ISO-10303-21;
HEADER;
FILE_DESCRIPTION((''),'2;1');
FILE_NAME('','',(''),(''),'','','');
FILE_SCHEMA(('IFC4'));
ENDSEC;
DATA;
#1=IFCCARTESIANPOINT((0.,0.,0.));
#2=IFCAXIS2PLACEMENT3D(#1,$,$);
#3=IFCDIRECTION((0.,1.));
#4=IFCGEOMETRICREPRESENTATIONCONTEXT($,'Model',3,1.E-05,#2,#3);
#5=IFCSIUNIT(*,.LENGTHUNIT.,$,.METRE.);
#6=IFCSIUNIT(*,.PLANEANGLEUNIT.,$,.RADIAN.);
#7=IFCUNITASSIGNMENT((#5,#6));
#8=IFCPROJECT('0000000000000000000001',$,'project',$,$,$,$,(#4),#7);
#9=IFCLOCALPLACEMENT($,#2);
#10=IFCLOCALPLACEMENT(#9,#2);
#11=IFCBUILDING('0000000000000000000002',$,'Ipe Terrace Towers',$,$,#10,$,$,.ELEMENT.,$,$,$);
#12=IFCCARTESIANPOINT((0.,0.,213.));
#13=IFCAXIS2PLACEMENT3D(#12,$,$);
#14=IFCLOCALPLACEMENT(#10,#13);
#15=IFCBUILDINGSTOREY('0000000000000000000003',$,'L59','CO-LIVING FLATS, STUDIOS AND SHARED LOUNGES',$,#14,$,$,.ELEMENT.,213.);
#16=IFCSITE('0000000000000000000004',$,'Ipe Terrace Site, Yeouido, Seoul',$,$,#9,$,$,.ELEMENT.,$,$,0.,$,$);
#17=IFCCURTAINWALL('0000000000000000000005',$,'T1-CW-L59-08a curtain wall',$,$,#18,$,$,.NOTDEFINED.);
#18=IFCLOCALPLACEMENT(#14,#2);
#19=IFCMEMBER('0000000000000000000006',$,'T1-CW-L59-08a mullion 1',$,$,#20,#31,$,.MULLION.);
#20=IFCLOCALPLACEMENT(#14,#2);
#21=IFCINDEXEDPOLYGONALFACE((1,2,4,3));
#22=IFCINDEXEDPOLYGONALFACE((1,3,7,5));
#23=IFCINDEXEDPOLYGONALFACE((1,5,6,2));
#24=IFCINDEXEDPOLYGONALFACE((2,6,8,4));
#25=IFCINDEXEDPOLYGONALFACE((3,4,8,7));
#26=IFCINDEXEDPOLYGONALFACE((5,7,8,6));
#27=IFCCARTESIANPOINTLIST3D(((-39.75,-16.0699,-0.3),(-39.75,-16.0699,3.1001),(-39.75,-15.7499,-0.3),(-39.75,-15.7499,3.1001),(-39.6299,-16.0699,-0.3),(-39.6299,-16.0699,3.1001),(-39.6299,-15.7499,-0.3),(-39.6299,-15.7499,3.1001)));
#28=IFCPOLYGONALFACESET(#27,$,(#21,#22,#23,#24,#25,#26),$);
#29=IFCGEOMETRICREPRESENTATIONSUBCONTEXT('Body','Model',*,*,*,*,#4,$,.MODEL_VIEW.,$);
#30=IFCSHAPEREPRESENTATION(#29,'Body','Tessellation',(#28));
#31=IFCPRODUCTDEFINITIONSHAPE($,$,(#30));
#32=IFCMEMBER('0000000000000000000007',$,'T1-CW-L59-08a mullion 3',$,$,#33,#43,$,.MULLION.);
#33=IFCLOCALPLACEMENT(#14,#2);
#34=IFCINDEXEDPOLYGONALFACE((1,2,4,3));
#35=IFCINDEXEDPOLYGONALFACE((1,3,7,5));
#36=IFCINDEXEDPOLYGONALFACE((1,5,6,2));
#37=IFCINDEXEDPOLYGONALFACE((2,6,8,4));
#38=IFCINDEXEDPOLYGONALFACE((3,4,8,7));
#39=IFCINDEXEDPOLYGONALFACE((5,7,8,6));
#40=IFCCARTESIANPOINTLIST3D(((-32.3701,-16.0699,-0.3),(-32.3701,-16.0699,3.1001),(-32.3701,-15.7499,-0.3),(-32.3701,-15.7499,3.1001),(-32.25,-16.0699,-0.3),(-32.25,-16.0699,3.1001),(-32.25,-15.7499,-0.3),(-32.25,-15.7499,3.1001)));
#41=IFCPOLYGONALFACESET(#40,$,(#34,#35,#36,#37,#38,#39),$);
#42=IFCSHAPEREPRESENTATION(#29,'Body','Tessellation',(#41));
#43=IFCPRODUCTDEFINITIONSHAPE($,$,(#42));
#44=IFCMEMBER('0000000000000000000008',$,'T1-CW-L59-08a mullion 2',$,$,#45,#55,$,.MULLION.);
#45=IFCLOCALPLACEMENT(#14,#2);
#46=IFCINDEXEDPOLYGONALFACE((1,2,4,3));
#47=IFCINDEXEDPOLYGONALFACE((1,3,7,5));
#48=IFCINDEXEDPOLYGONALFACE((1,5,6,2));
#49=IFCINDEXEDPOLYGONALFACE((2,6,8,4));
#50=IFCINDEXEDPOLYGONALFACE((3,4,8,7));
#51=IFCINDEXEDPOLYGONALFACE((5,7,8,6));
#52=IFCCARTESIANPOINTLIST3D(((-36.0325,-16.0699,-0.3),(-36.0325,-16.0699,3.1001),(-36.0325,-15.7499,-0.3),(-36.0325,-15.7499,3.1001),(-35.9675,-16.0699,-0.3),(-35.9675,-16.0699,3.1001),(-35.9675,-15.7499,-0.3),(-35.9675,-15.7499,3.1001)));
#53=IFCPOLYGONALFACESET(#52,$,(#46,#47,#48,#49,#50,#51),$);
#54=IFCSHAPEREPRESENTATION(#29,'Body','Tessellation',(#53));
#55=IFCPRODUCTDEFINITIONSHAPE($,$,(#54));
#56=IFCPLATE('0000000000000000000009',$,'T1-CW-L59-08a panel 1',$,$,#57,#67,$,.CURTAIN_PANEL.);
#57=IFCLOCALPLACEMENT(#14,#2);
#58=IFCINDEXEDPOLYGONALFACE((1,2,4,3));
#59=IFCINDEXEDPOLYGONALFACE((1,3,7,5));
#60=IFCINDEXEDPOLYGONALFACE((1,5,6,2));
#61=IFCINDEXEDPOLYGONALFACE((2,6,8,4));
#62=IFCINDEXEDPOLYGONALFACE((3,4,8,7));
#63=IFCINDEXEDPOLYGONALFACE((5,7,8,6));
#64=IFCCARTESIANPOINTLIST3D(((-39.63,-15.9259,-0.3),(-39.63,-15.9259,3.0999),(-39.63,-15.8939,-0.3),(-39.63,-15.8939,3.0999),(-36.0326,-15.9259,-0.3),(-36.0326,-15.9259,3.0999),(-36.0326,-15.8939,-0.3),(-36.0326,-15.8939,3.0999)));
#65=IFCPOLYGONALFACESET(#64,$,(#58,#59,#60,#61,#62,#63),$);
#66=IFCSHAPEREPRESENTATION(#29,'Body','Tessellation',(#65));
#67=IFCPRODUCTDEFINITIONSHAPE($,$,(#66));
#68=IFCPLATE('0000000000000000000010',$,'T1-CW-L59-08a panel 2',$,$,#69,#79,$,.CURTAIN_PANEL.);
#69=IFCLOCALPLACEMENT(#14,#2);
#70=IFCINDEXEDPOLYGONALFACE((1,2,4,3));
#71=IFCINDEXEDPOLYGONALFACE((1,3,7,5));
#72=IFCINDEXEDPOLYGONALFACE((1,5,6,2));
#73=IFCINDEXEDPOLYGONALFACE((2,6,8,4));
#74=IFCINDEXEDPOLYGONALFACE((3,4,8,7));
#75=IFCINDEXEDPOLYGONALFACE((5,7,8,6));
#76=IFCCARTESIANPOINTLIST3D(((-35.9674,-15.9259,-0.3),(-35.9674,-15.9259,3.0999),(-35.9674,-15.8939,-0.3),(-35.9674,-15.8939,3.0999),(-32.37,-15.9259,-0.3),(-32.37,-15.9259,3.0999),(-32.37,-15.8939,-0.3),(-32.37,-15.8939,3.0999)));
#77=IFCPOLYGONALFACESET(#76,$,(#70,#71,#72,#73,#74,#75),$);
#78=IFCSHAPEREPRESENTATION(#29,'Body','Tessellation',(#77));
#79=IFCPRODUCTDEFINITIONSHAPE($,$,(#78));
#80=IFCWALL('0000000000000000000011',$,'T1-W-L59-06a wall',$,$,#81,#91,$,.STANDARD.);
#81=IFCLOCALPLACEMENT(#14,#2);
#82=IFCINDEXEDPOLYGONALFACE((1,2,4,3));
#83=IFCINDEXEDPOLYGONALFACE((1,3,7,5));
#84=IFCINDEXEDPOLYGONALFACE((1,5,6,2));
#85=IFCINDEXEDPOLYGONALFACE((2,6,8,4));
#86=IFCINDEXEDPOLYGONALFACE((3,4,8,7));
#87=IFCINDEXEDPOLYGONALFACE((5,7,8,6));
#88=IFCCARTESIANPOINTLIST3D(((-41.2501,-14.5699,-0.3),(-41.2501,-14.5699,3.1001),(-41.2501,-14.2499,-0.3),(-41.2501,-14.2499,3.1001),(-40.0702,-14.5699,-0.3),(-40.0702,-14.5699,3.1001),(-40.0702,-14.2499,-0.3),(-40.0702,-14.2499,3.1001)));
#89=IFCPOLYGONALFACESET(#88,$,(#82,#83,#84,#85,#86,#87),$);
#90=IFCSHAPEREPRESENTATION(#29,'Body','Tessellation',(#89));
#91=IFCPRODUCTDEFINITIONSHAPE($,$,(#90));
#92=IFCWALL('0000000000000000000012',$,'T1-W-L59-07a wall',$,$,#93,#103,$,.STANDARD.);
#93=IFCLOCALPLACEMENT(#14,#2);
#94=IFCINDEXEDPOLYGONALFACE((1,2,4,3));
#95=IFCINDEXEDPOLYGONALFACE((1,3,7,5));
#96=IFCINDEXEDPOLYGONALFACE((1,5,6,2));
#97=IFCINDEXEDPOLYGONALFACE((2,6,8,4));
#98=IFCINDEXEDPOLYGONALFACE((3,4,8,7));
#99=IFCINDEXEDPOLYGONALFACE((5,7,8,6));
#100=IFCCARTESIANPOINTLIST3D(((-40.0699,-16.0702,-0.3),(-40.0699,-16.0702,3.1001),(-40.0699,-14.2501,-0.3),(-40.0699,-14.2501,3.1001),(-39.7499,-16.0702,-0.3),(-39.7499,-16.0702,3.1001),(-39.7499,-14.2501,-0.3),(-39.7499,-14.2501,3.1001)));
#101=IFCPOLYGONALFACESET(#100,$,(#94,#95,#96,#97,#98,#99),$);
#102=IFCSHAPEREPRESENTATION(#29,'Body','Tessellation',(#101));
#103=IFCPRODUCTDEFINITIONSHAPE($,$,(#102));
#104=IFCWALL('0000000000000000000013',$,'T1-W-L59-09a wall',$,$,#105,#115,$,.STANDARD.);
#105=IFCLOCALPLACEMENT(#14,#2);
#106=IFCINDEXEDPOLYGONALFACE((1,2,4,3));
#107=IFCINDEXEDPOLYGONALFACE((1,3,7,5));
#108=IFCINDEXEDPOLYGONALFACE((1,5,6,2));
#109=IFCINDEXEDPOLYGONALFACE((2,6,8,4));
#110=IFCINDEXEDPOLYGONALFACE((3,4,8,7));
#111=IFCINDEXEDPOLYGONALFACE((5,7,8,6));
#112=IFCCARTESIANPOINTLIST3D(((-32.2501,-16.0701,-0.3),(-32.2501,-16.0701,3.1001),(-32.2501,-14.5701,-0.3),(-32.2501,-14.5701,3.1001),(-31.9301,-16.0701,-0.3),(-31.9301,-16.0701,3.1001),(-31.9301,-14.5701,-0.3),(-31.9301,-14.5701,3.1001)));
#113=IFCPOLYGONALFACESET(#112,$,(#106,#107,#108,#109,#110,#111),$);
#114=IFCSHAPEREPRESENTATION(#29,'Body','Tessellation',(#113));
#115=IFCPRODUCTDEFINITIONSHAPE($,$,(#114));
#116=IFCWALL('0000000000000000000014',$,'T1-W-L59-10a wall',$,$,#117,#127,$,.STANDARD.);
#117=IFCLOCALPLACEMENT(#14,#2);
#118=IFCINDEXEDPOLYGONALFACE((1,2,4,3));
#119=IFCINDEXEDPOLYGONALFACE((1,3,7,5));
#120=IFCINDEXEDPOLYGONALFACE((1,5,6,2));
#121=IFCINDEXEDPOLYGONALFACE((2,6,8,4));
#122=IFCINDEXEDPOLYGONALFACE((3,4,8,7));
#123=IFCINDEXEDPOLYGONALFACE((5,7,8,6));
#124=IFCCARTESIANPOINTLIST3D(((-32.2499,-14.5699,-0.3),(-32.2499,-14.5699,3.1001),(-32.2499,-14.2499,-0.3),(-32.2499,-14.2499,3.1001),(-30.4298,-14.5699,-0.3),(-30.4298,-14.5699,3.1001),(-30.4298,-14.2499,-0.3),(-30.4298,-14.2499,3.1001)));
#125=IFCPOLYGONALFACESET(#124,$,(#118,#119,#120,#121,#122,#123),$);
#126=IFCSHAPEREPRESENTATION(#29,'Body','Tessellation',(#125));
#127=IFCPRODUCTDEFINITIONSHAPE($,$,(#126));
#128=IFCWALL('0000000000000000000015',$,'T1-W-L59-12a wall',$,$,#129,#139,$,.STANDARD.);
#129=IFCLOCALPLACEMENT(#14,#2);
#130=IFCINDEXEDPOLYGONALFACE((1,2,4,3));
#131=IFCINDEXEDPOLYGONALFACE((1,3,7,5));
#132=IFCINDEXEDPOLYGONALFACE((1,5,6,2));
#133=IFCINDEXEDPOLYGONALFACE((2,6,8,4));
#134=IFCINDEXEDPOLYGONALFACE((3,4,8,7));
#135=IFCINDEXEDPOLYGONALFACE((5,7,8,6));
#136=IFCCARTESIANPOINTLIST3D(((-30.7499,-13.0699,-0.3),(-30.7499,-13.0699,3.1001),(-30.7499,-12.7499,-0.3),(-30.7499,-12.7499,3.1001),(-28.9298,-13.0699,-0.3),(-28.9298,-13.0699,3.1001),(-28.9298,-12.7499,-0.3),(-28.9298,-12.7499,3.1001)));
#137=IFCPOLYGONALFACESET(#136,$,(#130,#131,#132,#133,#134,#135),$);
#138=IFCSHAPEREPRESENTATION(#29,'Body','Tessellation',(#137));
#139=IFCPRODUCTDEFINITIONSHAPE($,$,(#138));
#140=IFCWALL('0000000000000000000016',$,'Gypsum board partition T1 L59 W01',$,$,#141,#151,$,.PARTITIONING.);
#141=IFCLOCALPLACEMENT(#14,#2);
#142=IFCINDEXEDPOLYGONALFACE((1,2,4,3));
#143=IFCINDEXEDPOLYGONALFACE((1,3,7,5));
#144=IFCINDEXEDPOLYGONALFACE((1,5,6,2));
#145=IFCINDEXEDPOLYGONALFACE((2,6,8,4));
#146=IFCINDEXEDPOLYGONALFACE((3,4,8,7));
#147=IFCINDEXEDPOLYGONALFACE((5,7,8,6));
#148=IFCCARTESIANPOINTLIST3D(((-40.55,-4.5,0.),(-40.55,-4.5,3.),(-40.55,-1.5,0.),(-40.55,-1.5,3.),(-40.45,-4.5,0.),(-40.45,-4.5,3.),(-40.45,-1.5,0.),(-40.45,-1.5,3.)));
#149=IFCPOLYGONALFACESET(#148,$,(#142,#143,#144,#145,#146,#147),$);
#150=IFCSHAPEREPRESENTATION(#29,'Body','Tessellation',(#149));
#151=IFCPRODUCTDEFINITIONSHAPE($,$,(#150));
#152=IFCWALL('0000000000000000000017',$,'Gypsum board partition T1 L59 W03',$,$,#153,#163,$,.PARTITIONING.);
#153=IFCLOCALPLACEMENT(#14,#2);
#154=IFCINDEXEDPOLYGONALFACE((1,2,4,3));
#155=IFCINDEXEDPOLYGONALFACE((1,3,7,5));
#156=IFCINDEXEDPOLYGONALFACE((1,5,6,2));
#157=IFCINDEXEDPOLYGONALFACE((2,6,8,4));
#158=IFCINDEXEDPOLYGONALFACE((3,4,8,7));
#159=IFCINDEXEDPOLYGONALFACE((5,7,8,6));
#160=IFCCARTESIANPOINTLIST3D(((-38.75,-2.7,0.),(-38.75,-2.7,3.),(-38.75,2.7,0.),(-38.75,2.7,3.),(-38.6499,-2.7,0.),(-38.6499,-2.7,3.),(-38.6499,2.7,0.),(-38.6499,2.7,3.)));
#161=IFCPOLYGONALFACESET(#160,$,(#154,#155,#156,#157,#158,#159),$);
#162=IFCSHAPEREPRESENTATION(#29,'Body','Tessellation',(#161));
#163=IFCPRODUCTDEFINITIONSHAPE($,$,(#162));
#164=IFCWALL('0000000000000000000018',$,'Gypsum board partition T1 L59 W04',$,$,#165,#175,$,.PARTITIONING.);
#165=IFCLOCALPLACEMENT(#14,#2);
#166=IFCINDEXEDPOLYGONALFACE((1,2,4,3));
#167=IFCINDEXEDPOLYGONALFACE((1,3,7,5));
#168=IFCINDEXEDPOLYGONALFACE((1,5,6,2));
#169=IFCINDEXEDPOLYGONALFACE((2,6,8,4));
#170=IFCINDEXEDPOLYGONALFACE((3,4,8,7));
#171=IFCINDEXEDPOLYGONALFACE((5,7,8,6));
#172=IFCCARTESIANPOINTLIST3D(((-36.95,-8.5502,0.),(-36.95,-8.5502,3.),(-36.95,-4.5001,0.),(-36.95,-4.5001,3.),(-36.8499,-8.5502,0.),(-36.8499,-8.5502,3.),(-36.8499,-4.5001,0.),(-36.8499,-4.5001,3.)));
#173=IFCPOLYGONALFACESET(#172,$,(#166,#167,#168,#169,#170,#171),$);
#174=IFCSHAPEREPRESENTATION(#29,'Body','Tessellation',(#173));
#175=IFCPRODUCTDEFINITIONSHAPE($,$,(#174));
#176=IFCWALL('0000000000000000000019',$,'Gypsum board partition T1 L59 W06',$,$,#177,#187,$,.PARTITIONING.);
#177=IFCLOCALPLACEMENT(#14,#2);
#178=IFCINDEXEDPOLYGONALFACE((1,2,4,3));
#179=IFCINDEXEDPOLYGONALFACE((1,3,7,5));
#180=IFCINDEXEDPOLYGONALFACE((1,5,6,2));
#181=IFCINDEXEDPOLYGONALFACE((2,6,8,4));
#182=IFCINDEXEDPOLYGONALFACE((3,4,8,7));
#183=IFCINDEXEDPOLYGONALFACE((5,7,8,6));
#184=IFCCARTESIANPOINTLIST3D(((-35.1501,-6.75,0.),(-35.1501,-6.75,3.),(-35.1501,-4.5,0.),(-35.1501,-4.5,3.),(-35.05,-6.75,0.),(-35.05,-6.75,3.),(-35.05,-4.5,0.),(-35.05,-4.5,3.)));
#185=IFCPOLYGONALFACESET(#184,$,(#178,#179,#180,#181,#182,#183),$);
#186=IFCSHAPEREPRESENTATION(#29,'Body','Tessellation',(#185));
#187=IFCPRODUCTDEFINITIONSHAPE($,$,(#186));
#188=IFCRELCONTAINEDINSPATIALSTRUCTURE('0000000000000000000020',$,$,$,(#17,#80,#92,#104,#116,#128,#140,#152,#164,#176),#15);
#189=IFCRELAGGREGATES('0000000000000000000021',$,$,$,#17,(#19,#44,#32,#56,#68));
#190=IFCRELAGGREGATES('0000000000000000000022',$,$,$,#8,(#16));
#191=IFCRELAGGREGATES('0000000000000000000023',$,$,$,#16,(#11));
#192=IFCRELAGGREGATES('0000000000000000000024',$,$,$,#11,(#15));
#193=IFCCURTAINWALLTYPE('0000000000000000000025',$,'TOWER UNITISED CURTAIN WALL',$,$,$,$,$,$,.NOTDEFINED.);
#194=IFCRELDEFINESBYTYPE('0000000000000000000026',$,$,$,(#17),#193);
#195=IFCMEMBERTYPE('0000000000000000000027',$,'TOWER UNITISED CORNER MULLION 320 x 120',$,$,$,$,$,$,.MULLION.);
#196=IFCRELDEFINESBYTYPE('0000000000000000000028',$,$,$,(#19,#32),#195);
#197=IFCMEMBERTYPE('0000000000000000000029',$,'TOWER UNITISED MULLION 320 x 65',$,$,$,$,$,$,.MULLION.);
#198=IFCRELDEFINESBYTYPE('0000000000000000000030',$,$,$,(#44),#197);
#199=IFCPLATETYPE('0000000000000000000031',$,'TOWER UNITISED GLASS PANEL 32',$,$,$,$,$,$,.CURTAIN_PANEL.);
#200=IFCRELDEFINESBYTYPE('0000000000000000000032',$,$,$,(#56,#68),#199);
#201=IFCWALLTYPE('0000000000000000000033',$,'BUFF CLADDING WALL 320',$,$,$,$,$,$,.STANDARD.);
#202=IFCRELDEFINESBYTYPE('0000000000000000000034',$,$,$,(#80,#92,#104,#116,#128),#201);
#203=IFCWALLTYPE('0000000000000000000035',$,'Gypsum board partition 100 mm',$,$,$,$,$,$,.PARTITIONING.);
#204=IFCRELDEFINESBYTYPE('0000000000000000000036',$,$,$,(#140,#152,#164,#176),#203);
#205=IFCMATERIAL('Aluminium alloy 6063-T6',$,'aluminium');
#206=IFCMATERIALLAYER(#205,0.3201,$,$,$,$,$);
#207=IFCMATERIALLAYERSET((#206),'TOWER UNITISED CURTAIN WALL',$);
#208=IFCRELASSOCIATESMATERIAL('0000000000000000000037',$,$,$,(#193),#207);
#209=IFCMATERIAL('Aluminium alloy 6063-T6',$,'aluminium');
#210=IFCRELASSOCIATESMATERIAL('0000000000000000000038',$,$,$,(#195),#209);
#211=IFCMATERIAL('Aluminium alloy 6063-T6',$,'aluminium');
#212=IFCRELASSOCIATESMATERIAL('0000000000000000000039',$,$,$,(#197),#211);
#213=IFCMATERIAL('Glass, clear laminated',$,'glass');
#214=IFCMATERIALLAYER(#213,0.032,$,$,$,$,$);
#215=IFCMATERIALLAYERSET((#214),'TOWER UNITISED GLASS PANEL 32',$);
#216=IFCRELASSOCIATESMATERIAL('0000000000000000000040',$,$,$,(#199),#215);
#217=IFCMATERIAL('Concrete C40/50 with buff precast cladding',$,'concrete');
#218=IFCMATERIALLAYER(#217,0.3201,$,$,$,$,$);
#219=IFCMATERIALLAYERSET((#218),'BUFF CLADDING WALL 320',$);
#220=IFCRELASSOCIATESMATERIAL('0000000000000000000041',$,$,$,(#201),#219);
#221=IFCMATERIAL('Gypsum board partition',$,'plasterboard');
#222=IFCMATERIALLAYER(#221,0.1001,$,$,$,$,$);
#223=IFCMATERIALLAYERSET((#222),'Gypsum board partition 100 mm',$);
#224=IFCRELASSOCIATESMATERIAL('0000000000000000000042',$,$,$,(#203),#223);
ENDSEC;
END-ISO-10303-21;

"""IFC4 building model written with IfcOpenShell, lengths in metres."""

from ifc_helpers import new_model, si_unit, direction, frame, frame_2d, origin, origin_2d, place, context, subcontext, project, spatial, rectangle, extrude, material, layer, layer_set, material_profile, profile_set, type_object, element, aggregate, save


model = new_model("IFC4")

# Units and contexts
model_context = context("Model", 3, precision=1e-05, world=origin(), true_north=direction((0.0, 1.0)))
body_context = subcontext(model_context, "Body", "Model", "MODEL_VIEW")
ifc_project = project(units=[si_unit("LENGTHUNIT", "METRE"), si_unit("PLANEANGLEUNIT", "RADIAN")], contexts=[model_context])

# Site, building, storey
site_placement = place(None, origin())
site = spatial("IfcSite", under=ifc_project, at=site_placement, Name="Ipe Terrace Site, Yeouido, Seoul", CompositionType="ELEMENT", RefElevation=0.0)
building_placement = place(site_placement, origin())
building = spatial("IfcBuilding", under=site, at=building_placement, Name="Ipe Terrace Towers", CompositionType="ELEMENT")
storey_placement = place(building_placement, frame((0.0, 0.0, 213.0)))
storey = spatial("IfcBuildingStorey", under=building, at=storey_placement, Name="L59", Description="CO-LIVING FLATS, STUDIOS AND SHARED LOUNGES", CompositionType="ELEMENT", Elevation=213.0)

# Curtain wall, members, plates
ifc_material_1 = material(Name="Aluminium alloy 6063-T6", Category="aluminium")
ifc_layer_1 = layer(ifc_material_1, 0.3201)
ifc_layer_set_1 = layer_set([ifc_layer_1], Name="TOWER UNITISED CURTAIN WALL")
curtain_wall_type = type_object("IfcCurtainWallType", Name="TOWER UNITISED CURTAIN WALL", PredefinedType="NOTDEFINED", material=ifc_layer_set_1)
curtain_wall_placement = place(storey_placement, origin())
curtain_wall = element("IfcCurtainWall", 1, at=curtain_wall_placement, inside=storey, type_object=curtain_wall_type, Name="T1-CW-L59-08a curtain wall", PredefinedType="NOTDEFINED")
ifc_material_2 = material(Name="Aluminium alloy 6063-T6", Category="aluminium")
ifc_material_profile_1 = material_profile(ifc_material_2, rectangle(XDim=0.3201, YDim=0.1201, at=origin_2d()), Name="TOWER UNITISED CORNER MULLION 320 x 120")
ifc_profile_set_1 = profile_set([ifc_material_profile_1], Name="Aluminium alloy 6063-T6")
member_type_1 = type_object("IfcMemberType", Name="TOWER UNITISED CORNER MULLION 320 x 120", PredefinedType="MULLION", material=ifc_profile_set_1)
member_1_placement = place(storey_placement, frame((-39.6899, -15.9099, -0.3), z_axis=(0.0, 0.0, 1.0), x_axis=(0.0, -1.0, 0.0)))
member_1 = element("IfcMember", 2, at=member_1_placement, type_object=member_type_1, Name="T1-CW-L59-08a mullion 1", PredefinedType="MULLION", context=body_context, shape_type="SweptSolid", body=[
    extrude(rectangle(XDim=0.3201, YDim=0.1201, at=origin_2d()), origin(), (0.0, 0.0, 1.0), 3.4001),
])
member_2_placement = place(storey_placement, frame((-32.3101, -15.9099, -0.3), z_axis=(0.0, 0.0, 1.0), x_axis=(0.0, -1.0, 0.0)))
member_2 = element("IfcMember", 3, at=member_2_placement, type_object=member_type_1, Name="T1-CW-L59-08a mullion 3", PredefinedType="MULLION", context=body_context, shape_type="SweptSolid", body=[
    extrude(rectangle(XDim=0.3201, YDim=0.1201, at=origin_2d()), origin(), (0.0, 0.0, 1.0), 3.4001),
])
ifc_material_3 = material(Name="Aluminium alloy 6063-T6", Category="aluminium")
ifc_material_profile_2 = material_profile(ifc_material_3, rectangle(XDim=0.3201, YDim=0.0649, at=origin_2d()), Name="TOWER UNITISED MULLION 320 x 65")
ifc_profile_set_2 = profile_set([ifc_material_profile_2], Name="Aluminium alloy 6063-T6")
member_type_2 = type_object("IfcMemberType", Name="TOWER UNITISED MULLION 320 x 65", PredefinedType="MULLION", material=ifc_profile_set_2)
member_3_placement = place(storey_placement, frame((-36.0, -15.9099, -0.3), z_axis=(0.0, 0.0, 1.0), x_axis=(0.0, -1.0, 0.0)))
member_3 = element("IfcMember", 4, at=member_3_placement, type_object=member_type_2, Name="T1-CW-L59-08a mullion 2", PredefinedType="MULLION", context=body_context, shape_type="SweptSolid", body=[
    extrude(rectangle(XDim=0.3201, YDim=0.0649, at=origin_2d()), origin(), (0.0, 0.0, 1.0), 3.4001),
])
ifc_material_4 = material(Name="Glass, clear laminated", Category="glass")
ifc_layer_2 = layer(ifc_material_4, 0.032)
ifc_layer_set_2 = layer_set([ifc_layer_2], Name="TOWER UNITISED GLASS PANEL 32")
plate_type = type_object("IfcPlateType", Name="TOWER UNITISED GLASS PANEL 32", PredefinedType="CURTAIN_PANEL", material=ifc_layer_set_2)
plate_1_placement = place(storey_placement, frame((-37.8313, -15.9099, -0.3), z_axis=(0.0, 0.0, 1.0), x_axis=(1.0, 0.0, 0.0)))
plate_1 = element("IfcPlate", 5, at=plate_1_placement, type_object=plate_type, Name="T1-CW-L59-08a panel 1", PredefinedType="CURTAIN_PANEL", context=body_context, shape_type="SweptSolid", body=[
    extrude(rectangle(XDim=3.5974, YDim=0.032, at=origin_2d()), origin(), (0.0, 0.0, 1.0), 3.3999),
])
plate_2_placement = place(storey_placement, frame((-34.1687, -15.9099, -0.3), z_axis=(0.0, 0.0, 1.0), x_axis=(1.0, 0.0, 0.0)))
plate_2 = element("IfcPlate", 6, at=plate_2_placement, type_object=plate_type, Name="T1-CW-L59-08a panel 2", PredefinedType="CURTAIN_PANEL", context=body_context, shape_type="SweptSolid", body=[
    extrude(rectangle(XDim=3.5974, YDim=0.032, at=origin_2d()), origin(), (0.0, 0.0, 1.0), 3.3999),
])
aggregate(curtain_wall, [member_1, member_3, member_2, plate_1, plate_2])

# Walls
ifc_material_5 = material(Name="Concrete C40/50 with buff precast cladding", Category="concrete")
ifc_layer_3 = layer(ifc_material_5, 0.3201)
ifc_layer_set_3 = layer_set([ifc_layer_3], Name="BUFF CLADDING WALL 320")
wall_type_1 = type_object("IfcWallType", Name="BUFF CLADDING WALL 320", PredefinedType="STANDARD", material=ifc_layer_set_3)
wall_1_placement = place(storey_placement, frame((-41.25, -14.4099, -0.3), z_axis=(0.0, 0.0, 1.0), x_axis=(1.0, 0.0, 0.0)))
element("IfcWall", 7, at=wall_1_placement, inside=storey, type_object=wall_type_1, Name="T1-W-L59-06a wall", PredefinedType="STANDARD", context=body_context, shape_type="SweptSolid", body=[
    extrude(rectangle(XDim=1.1799, YDim=0.3201, at=frame_2d((0.5898, 0.0))), origin(), (0.0, 0.0, 1.0), 3.4001),
])
wall_2_placement = place(storey_placement, frame((-39.9099, -14.25, -0.3), z_axis=(0.0, 0.0, 1.0), x_axis=(0.0, -1.0, 0.0)))
element("IfcWall", 8, at=wall_2_placement, inside=storey, type_object=wall_type_1, Name="T1-W-L59-07a wall", PredefinedType="STANDARD", context=body_context, shape_type="SweptSolid", body=[
    extrude(rectangle(XDim=1.8201, YDim=0.3201, at=frame_2d((0.9102, 0.0))), origin(), (0.0, 0.0, 1.0), 3.4001),
])
wall_3_placement = place(storey_placement, frame((-32.0901, -16.0701, -0.3), z_axis=(0.0, 0.0, 1.0), x_axis=(0.0, 1.0, 0.0)))
element("IfcWall", 9, at=wall_3_placement, inside=storey, type_object=wall_type_1, Name="T1-W-L59-09a wall", PredefinedType="STANDARD", context=body_context, shape_type="SweptSolid", body=[
    extrude(rectangle(XDim=1.5, YDim=0.3201, at=frame_2d((0.75, 0.0))), origin(), (0.0, 0.0, 1.0), 3.4001),
])
for number, where, z_axis, x_axis, name in (
    (10, (-32.25, -14.4099, -0.3), (0.0, 0.0, 1.0), (1.0, 0.0, 0.0), "T1-W-L59-10a wall"),
    (11, (-30.75, -12.9099, -0.3), (0.0, 0.0, 1.0), (1.0, 0.0, 0.0), "T1-W-L59-12a wall"),
):
    element("IfcWall", number, at=place(storey_placement, frame(where, z_axis=z_axis, x_axis=x_axis)), inside=storey, type_object=wall_type_1, Name=name, PredefinedType="STANDARD", context=body_context, shape_type="SweptSolid", body=[
        extrude(rectangle(XDim=1.8201, YDim=0.3201, at=frame_2d((0.9102, 0.0))), origin(), (0.0, 0.0, 1.0), 3.4001),
    ])
ifc_material_6 = material(Name="Gypsum board partition", Category="plasterboard")
ifc_layer_4 = layer(ifc_material_6, 0.1001)
ifc_layer_set_4 = layer_set([ifc_layer_4], Name="Gypsum board partition 100 mm")
wall_type_2 = type_object("IfcWallType", Name="Gypsum board partition 100 mm", PredefinedType="PARTITIONING", material=ifc_layer_set_4)
wall_4_placement = place(storey_placement, frame((-40.5, -4.5, 0.0), z_axis=(0.0, 0.0, 1.0), x_axis=(0.0, 1.0, 0.0)))
element("IfcWall", 12, at=wall_4_placement, inside=storey, type_object=wall_type_2, Name="Gypsum board partition T1 L59 W01", PredefinedType="PARTITIONING", context=body_context, shape_type="SweptSolid", body=[
    extrude(rectangle(XDim=3.0, YDim=0.1001, at=frame_2d((1.5, 0.0))), origin(), (0.0, 0.0, 1.0), 3.0),
])
wall_5_placement = place(storey_placement, frame((-38.7, -2.7, 0.0), z_axis=(0.0, 0.0, 1.0), x_axis=(0.0, 1.0, 0.0)))
element("IfcWall", 13, at=wall_5_placement, inside=storey, type_object=wall_type_2, Name="Gypsum board partition T1 L59 W03", PredefinedType="PARTITIONING", context=body_context, shape_type="SweptSolid", body=[
    extrude(rectangle(XDim=5.3999, YDim=0.1001, at=frame_2d((2.7, 0.0))), origin(), (0.0, 0.0, 1.0), 3.0),
])
wall_6_placement = place(storey_placement, frame((-36.8999, -8.55, 0.0), z_axis=(0.0, 0.0, 1.0), x_axis=(0.0, 1.0, 0.0)))
element("IfcWall", 14, at=wall_6_placement, inside=storey, type_object=wall_type_2, Name="Gypsum board partition T1 L59 W04", PredefinedType="PARTITIONING", context=body_context, shape_type="SweptSolid", body=[
    extrude(rectangle(XDim=4.05, YDim=0.1001, at=frame_2d((2.0249, 0.0))), origin(), (0.0, 0.0, 1.0), 3.0),
])
wall_7_placement = place(storey_placement, frame((-35.1001, -6.75, 0.0), z_axis=(0.0, 0.0, 1.0), x_axis=(0.0, 1.0, 0.0)))
element("IfcWall", 15, at=wall_7_placement, inside=storey, type_object=wall_type_2, Name="Gypsum board partition T1 L59 W06", PredefinedType="PARTITIONING", context=body_context, shape_type="SweptSolid", body=[
    extrude(rectangle(XDim=2.25, YDim=0.1001, at=frame_2d((1.125, 0.0))), origin(), (0.0, 0.0, 1.0), 3.0),
])

save(model, "model.ifc")
